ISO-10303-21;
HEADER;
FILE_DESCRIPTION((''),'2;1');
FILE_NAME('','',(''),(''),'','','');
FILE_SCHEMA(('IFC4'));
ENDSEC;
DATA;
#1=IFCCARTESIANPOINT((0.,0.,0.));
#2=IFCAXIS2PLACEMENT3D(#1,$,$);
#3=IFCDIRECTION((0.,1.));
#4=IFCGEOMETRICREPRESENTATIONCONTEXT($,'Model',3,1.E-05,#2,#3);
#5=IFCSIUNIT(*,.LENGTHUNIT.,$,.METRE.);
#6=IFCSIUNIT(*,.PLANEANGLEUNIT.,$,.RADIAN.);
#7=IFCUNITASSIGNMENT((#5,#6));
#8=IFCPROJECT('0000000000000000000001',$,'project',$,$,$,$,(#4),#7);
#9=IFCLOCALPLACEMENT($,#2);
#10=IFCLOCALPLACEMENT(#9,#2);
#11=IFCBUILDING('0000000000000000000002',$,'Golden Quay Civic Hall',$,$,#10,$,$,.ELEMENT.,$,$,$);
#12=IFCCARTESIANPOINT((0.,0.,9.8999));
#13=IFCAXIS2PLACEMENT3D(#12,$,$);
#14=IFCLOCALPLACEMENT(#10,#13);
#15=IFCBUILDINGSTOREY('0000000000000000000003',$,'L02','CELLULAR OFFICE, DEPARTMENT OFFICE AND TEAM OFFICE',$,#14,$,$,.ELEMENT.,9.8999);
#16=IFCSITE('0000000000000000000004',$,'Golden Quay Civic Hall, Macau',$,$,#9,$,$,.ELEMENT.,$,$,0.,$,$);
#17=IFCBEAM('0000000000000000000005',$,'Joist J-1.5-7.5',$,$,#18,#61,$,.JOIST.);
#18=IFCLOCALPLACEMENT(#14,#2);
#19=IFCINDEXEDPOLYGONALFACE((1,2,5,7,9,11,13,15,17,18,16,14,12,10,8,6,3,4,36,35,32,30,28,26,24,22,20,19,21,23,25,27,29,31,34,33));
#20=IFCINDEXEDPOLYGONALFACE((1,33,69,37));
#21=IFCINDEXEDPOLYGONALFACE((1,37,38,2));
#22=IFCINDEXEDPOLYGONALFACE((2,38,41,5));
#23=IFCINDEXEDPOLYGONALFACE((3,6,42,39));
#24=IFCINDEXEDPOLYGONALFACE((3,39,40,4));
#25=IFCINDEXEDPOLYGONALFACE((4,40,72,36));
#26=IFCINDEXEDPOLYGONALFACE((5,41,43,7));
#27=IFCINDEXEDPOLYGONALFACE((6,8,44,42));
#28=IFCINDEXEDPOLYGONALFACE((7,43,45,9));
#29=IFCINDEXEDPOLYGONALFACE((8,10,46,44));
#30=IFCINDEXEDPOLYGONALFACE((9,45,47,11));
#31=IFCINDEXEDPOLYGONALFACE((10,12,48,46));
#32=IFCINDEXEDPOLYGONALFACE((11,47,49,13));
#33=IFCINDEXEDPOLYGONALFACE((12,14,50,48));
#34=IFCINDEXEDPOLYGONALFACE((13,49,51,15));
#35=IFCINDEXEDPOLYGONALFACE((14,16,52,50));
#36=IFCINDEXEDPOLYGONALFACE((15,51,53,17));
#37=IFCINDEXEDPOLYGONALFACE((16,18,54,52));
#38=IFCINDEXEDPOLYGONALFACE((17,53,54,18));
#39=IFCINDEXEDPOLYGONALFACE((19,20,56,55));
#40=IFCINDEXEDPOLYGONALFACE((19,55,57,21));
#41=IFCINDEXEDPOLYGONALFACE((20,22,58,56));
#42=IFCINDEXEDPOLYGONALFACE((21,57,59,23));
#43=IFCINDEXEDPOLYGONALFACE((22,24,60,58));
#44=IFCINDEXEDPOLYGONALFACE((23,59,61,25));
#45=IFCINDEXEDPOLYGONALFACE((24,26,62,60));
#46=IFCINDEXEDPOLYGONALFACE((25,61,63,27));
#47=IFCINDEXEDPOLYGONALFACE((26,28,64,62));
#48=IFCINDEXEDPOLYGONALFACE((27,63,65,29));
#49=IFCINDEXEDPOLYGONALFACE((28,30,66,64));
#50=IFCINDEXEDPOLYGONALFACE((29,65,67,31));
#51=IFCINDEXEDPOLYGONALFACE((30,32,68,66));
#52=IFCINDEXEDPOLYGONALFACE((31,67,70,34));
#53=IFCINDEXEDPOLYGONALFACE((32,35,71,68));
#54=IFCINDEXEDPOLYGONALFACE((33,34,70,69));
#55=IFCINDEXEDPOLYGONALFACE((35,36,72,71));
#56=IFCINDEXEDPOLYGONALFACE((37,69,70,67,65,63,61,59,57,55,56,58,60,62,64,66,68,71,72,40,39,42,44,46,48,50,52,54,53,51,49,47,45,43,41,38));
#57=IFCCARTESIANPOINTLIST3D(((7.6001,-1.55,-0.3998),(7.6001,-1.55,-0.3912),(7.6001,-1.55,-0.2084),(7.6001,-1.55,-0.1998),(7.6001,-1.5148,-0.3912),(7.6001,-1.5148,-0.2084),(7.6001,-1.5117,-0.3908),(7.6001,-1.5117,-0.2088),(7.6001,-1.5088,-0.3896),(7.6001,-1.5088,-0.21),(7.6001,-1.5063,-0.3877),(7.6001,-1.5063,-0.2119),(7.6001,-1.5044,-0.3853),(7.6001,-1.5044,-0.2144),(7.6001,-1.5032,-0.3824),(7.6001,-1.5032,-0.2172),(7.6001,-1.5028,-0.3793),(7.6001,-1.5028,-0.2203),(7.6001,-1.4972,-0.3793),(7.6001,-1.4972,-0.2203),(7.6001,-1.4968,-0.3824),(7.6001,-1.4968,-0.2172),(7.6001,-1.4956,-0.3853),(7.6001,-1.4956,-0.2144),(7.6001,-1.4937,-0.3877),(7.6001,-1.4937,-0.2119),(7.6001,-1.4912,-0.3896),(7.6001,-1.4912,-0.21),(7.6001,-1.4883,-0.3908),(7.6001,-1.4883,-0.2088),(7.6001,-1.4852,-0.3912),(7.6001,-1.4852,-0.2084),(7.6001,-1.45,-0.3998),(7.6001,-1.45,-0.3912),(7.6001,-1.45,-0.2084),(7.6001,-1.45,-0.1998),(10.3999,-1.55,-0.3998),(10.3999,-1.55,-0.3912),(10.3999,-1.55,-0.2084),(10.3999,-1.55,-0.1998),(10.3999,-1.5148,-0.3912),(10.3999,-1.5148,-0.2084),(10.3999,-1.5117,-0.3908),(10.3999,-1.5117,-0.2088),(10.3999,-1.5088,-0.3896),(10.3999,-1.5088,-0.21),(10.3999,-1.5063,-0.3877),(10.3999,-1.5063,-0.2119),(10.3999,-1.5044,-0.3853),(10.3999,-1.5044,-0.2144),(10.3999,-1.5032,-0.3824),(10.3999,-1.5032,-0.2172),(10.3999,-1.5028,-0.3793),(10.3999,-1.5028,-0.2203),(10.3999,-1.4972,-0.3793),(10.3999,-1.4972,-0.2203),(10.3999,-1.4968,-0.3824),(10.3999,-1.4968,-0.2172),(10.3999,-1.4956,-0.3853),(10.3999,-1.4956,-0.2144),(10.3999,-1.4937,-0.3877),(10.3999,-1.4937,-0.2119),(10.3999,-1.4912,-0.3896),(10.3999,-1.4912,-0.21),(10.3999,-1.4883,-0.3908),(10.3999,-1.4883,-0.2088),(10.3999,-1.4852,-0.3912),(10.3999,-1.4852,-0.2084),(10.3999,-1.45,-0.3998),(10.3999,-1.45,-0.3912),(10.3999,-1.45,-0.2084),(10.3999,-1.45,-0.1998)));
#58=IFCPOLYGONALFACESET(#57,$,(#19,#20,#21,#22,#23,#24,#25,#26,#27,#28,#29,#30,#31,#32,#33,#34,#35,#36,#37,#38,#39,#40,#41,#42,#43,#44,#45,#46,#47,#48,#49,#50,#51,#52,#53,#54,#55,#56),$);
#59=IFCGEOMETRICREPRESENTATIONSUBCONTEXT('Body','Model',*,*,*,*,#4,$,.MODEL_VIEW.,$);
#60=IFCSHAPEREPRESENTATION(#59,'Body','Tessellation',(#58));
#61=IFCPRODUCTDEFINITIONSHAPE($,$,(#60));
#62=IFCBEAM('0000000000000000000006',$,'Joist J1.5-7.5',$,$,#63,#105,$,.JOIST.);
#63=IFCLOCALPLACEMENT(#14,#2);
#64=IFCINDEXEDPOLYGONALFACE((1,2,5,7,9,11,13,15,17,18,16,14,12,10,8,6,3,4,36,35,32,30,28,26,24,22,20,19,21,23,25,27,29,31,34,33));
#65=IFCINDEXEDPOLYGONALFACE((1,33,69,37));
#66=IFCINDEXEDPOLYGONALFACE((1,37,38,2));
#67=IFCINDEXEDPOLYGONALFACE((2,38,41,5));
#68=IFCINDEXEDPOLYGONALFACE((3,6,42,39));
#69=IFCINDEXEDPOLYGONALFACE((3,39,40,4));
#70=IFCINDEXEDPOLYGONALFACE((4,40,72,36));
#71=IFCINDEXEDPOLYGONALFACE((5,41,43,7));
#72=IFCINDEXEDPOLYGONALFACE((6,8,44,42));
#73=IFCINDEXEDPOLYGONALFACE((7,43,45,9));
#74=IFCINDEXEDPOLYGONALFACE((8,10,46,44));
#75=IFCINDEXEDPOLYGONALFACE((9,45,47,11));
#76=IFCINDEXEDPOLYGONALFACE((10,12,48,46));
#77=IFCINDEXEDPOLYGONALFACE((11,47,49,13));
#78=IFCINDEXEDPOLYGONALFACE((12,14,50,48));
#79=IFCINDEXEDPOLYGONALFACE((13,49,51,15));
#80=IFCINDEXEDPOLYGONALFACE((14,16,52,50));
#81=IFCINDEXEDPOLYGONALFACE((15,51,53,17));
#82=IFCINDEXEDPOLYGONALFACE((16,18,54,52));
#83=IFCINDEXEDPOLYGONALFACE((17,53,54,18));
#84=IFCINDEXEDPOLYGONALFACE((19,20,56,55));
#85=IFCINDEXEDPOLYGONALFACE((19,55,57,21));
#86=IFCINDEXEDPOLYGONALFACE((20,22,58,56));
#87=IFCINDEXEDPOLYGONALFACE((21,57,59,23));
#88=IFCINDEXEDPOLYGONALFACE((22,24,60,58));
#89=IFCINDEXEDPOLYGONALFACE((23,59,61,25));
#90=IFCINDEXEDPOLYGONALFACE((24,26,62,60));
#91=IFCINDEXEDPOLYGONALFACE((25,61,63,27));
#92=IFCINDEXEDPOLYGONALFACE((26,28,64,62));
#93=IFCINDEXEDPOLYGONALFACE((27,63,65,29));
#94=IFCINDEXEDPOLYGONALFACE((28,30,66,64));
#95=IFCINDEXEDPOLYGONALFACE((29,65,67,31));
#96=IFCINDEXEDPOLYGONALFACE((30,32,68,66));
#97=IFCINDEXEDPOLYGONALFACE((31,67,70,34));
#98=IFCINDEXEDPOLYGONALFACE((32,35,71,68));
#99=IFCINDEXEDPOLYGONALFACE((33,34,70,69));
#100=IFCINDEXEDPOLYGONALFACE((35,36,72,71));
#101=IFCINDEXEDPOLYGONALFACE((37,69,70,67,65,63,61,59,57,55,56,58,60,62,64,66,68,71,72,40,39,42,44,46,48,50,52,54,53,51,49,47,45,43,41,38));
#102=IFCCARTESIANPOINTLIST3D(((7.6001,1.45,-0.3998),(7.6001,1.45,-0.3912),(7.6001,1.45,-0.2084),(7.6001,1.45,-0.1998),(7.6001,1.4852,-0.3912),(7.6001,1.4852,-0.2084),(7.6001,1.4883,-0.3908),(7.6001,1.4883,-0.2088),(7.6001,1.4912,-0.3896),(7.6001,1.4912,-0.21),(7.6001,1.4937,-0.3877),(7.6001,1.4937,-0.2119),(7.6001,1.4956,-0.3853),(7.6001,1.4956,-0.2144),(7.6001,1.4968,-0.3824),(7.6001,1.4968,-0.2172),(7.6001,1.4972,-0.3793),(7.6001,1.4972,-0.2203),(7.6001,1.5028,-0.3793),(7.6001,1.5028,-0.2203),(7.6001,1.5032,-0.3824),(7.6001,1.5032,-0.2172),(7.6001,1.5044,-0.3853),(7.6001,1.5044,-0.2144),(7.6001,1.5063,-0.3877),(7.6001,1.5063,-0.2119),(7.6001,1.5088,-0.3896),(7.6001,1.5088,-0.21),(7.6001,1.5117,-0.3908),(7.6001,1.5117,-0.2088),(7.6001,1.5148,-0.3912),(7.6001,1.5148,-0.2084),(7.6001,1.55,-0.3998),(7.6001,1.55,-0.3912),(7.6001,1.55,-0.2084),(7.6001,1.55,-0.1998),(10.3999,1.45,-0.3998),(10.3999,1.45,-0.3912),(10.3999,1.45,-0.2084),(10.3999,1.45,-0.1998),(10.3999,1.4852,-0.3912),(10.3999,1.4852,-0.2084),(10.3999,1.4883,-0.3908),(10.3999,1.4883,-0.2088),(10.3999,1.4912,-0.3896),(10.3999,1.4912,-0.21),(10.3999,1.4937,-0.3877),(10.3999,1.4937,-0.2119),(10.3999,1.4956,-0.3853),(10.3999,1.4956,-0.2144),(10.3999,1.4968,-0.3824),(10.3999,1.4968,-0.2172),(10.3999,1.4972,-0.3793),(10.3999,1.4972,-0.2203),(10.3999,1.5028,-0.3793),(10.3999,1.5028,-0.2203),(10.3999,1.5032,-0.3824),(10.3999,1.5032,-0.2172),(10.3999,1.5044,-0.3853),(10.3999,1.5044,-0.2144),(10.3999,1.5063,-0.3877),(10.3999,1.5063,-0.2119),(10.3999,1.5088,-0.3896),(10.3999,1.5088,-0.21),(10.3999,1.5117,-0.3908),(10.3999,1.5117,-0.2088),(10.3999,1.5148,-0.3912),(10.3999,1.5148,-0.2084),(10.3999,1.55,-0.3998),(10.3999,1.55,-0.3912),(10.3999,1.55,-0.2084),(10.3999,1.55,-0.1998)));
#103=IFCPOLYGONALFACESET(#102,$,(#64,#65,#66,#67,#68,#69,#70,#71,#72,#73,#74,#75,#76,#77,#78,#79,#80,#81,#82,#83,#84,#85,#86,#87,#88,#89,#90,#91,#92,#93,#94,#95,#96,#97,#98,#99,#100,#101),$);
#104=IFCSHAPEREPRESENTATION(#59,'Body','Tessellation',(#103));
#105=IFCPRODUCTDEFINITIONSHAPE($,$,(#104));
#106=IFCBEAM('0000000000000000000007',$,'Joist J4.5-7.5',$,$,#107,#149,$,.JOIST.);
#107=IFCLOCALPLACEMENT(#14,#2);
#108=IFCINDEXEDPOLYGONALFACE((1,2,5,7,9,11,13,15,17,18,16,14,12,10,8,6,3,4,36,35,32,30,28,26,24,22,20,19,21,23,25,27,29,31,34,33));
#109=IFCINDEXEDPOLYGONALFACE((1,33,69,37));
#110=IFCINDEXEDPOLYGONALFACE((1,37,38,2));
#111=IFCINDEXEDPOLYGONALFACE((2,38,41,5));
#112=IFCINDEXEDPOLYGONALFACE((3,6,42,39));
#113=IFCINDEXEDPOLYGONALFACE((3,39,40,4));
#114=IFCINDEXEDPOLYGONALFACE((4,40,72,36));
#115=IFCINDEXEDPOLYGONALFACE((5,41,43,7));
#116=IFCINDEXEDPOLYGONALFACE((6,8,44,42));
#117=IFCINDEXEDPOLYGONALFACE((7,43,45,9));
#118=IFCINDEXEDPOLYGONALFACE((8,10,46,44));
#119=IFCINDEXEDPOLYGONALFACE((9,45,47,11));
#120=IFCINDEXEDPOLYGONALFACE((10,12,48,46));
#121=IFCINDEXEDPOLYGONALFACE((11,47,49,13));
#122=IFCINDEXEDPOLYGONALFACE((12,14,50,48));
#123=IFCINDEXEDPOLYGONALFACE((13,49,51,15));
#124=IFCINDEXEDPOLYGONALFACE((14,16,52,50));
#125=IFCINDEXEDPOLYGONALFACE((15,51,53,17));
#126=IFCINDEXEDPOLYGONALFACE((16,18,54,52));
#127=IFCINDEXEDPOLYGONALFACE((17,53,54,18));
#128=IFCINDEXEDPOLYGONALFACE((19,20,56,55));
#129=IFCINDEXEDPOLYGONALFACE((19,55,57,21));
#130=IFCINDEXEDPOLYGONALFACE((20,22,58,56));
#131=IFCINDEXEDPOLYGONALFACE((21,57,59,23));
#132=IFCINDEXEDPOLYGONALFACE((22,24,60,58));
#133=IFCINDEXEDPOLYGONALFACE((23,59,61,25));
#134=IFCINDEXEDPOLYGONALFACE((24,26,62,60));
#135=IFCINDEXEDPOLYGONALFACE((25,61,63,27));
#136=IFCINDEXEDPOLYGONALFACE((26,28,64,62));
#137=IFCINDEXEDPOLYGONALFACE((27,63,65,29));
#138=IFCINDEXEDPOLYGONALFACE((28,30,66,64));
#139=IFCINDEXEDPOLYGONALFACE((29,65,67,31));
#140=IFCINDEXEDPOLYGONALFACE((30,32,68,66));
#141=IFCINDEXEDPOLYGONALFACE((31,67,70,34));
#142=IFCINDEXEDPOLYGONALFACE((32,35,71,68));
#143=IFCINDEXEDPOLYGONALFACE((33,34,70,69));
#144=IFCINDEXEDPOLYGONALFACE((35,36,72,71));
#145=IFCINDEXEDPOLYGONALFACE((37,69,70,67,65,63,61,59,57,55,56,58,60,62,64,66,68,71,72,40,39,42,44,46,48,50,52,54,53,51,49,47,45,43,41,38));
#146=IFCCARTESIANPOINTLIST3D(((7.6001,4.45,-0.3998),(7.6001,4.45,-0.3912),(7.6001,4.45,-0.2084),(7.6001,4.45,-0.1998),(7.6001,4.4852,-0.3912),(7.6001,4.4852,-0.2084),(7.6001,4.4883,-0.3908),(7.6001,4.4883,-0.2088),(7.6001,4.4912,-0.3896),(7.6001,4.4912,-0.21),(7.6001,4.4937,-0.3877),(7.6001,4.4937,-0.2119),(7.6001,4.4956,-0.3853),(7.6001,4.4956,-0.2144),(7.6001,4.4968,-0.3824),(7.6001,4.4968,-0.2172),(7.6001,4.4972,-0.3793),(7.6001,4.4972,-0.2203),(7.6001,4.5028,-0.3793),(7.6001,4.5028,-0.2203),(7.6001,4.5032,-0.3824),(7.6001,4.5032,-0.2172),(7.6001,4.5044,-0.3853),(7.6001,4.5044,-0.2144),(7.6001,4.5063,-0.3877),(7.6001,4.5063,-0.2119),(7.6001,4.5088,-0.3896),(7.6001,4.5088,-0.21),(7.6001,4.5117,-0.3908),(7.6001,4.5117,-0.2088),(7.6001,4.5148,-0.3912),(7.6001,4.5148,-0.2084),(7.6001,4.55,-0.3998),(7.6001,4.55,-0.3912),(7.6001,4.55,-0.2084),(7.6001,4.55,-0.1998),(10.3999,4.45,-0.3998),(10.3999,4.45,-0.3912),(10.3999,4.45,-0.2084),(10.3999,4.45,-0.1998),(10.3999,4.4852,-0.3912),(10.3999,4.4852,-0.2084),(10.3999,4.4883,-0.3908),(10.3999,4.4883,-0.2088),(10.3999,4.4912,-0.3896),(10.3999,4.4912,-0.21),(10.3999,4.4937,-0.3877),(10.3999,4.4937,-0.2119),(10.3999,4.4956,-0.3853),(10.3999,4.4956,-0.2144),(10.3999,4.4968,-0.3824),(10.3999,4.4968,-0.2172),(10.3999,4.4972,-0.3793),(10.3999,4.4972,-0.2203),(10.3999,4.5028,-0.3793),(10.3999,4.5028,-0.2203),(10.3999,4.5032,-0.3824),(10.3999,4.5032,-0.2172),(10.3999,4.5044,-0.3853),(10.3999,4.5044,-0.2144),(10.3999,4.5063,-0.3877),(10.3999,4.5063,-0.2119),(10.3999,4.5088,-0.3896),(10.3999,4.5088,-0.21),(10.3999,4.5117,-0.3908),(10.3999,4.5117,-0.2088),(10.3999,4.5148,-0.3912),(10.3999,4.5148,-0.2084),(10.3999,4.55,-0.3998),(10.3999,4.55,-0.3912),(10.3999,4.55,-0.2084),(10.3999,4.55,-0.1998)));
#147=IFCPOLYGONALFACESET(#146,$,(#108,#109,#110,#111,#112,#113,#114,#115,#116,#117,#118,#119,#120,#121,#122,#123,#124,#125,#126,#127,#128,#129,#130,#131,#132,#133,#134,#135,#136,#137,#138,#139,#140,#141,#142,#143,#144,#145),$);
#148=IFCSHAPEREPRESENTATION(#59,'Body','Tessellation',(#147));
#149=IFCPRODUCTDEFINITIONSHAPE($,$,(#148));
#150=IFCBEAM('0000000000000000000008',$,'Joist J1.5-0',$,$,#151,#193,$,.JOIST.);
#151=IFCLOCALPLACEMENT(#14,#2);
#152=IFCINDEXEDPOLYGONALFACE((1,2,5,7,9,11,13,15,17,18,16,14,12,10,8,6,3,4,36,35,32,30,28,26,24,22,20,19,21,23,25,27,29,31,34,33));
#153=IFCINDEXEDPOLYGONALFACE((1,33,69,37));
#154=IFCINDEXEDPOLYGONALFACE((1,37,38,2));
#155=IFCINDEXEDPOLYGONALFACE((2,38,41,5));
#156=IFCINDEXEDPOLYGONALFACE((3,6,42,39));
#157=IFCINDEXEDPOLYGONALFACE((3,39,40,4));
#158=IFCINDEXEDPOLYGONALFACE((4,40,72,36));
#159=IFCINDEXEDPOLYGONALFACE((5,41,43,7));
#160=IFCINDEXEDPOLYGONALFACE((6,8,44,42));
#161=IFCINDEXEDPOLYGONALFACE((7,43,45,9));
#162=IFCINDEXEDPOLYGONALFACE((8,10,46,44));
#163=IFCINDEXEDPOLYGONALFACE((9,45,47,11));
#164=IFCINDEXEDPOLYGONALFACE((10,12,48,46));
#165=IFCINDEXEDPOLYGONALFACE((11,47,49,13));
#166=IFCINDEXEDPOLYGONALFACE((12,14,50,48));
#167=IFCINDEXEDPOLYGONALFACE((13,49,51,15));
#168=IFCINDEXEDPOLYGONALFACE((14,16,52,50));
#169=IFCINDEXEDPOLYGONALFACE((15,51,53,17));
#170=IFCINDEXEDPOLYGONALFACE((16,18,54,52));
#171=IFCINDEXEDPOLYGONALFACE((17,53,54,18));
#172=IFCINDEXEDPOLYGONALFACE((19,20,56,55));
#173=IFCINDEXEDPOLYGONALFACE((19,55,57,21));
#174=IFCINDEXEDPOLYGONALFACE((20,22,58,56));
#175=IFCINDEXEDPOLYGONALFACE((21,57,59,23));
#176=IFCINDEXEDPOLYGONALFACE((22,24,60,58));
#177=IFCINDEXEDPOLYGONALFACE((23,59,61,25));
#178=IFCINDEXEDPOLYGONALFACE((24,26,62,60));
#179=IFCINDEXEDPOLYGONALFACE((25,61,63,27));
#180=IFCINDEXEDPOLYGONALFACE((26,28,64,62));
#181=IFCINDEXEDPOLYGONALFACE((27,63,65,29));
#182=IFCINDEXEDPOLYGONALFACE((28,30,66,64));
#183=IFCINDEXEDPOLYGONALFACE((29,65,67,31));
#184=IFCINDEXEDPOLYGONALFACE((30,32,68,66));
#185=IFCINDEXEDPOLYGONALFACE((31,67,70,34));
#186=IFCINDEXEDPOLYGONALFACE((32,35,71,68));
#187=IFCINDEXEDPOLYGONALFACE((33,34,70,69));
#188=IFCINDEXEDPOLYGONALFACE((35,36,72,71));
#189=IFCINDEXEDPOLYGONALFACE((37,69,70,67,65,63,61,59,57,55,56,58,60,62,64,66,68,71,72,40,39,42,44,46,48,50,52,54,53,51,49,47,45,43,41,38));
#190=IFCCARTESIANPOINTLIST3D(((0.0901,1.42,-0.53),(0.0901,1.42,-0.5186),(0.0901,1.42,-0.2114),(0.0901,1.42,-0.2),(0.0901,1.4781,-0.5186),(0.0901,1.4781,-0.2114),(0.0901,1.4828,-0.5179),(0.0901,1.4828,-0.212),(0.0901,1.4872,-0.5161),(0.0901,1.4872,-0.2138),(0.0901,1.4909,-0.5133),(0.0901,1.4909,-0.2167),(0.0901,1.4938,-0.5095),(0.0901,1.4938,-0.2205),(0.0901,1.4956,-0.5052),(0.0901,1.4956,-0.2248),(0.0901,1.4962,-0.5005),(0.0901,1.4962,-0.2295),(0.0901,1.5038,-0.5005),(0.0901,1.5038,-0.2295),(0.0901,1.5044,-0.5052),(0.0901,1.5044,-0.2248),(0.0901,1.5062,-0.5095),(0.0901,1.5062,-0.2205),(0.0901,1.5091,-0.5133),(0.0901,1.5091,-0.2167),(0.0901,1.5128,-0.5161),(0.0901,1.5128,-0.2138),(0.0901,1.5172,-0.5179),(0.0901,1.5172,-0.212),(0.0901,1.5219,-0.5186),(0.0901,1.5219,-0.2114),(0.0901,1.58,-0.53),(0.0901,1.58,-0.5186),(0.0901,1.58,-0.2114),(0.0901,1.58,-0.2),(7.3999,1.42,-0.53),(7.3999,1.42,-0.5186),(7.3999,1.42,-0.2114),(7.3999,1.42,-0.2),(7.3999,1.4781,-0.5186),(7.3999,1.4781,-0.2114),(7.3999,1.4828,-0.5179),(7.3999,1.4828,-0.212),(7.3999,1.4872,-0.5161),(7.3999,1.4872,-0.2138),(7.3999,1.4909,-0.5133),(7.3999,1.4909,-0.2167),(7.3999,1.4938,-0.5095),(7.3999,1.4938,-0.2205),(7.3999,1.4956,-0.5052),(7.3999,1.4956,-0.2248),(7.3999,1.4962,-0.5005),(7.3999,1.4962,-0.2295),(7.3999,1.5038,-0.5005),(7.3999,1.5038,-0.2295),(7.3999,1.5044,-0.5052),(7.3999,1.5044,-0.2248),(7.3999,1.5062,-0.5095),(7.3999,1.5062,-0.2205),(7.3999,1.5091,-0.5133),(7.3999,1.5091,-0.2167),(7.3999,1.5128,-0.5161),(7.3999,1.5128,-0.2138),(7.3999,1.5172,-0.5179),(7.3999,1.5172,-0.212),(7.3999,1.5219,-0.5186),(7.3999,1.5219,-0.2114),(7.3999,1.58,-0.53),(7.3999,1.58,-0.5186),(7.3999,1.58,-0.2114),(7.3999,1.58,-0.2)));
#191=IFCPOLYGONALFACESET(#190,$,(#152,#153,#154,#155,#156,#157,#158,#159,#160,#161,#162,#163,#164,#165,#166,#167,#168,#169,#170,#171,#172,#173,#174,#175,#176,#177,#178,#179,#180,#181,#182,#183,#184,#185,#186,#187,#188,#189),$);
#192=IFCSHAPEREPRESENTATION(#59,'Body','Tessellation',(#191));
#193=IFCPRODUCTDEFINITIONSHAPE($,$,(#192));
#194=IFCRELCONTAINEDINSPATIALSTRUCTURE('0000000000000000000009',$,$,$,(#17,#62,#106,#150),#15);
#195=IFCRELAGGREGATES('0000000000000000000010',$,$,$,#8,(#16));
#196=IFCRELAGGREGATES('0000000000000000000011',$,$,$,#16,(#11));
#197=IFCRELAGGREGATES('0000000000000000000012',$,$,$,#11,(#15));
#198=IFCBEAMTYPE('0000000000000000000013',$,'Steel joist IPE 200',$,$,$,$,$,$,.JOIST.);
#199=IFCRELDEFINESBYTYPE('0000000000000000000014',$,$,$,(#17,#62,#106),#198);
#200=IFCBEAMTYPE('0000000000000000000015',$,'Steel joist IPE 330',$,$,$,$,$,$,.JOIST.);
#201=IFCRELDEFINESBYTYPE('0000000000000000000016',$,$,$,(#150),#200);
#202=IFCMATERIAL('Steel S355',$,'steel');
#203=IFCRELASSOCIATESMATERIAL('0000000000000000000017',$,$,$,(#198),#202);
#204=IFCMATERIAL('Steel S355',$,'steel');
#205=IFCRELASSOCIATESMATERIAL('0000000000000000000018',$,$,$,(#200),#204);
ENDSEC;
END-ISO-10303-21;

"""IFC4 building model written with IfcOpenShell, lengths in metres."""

from ifc_helpers import new_model, si_unit, direction, frame, origin, origin_2d, place, context, subcontext, project, spatial, i_section, extrude, material, material_profile, profile_set, type_object, element, save


model = new_model("IFC4")

# Units and contexts
model_context = context("Model", 3, precision=1e-05, world=origin(), true_north=direction((0.0, 1.0)))
body_context = subcontext(model_context, "Body", "Model", "MODEL_VIEW")
ifc_project = project(units=[si_unit("LENGTHUNIT", "METRE"), si_unit("PLANEANGLEUNIT", "RADIAN")], contexts=[model_context])

# Site, building, storey
site_placement = place(None, origin())
site = spatial("IfcSite", under=ifc_project, at=site_placement, Name="Golden Quay Civic Hall, Macau", CompositionType="ELEMENT", RefElevation=0.0)
building_placement = place(site_placement, origin())
building = spatial("IfcBuilding", under=site, at=building_placement, Name="Golden Quay Civic Hall", CompositionType="ELEMENT")
storey_placement = place(building_placement, frame((0.0, 0.0, 9.8999)))
storey = spatial("IfcBuildingStorey", under=building, at=storey_placement, Name="L02", Description="CELLULAR OFFICE, DEPARTMENT OFFICE AND TEAM OFFICE", CompositionType="ELEMENT", Elevation=9.8999)

# Beams
ifc_material_1 = material(Name="Steel S355", Category="steel")
ifc_material_profile_1 = material_profile(ifc_material_1, i_section(OverallWidth=0.1001, OverallDepth=0.2, WebThickness=0.0056, FlangeThickness=0.0085, FilletRadius=0.012, at=origin_2d()), Name="IPE 200")
ifc_profile_set_1 = profile_set([ifc_material_profile_1], Name="Steel S355")
beam_type_1 = type_object("IfcBeamType", Name="Steel joist IPE 200", PredefinedType="JOIST", material=ifc_profile_set_1)
for number, where, z_axis, x_axis, name in (
    (1, (7.6001, -1.5, -0.2998), (1.0, 0.0, 0.0), (0.0, 1.0, 0.0), "Joist J-1.5-7.5"),
    (2, (7.6001, 1.5, -0.2998), (1.0, 0.0, 0.0), (0.0, 1.0, 0.0), "Joist J1.5-7.5"),
    (3, (7.6001, 4.5, -0.2998), (1.0, 0.0, 0.0), (0.0, 1.0, 0.0), "Joist J4.5-7.5"),
):
    element("IfcBeam", number, at=place(storey_placement, frame(where, z_axis=z_axis, x_axis=x_axis)), inside=storey, type_object=beam_type_1, Name=name, PredefinedType="JOIST", context=body_context, shape_type="SweptSolid", body=[
        extrude(i_section(OverallWidth=0.1001, OverallDepth=0.2, WebThickness=0.0056, FlangeThickness=0.0085, FilletRadius=0.012, at=origin_2d()), origin(), (0.0, 0.0, 1.0), 2.7998),
    ])
ifc_material_2 = material(Name="Steel S355", Category="steel")
ifc_material_profile_2 = material_profile(ifc_material_2, i_section(OverallWidth=0.1599, OverallDepth=0.3301, WebThickness=0.0076, FlangeThickness=0.0115, FilletRadius=0.0181, at=origin_2d()), Name="IPE 330")
ifc_profile_set_2 = profile_set([ifc_material_profile_2], Name="Steel S355")
beam_type_2 = type_object("IfcBeamType", Name="Steel joist IPE 330", PredefinedType="JOIST", material=ifc_profile_set_2)
for number, where, z_axis, x_axis, name in (
    (4, (0.0901, 1.5, -0.365), (1.0, 0.0, 0.0), (0.0, 1.0, 0.0), "Joist J1.5-0"),
):
    element("IfcBeam", number, at=place(storey_placement, frame(where, z_axis=z_axis, x_axis=x_axis)), inside=storey, type_object=beam_type_2, Name=name, PredefinedType="JOIST", context=body_context, shape_type="SweptSolid", body=[
        extrude(i_section(OverallWidth=0.1599, OverallDepth=0.3301, WebThickness=0.0076, FlangeThickness=0.0115, FilletRadius=0.0181, at=origin_2d()), origin(), (0.0, 0.0, 1.0), 7.3098),
    ])

save(model, "model.ifc")
